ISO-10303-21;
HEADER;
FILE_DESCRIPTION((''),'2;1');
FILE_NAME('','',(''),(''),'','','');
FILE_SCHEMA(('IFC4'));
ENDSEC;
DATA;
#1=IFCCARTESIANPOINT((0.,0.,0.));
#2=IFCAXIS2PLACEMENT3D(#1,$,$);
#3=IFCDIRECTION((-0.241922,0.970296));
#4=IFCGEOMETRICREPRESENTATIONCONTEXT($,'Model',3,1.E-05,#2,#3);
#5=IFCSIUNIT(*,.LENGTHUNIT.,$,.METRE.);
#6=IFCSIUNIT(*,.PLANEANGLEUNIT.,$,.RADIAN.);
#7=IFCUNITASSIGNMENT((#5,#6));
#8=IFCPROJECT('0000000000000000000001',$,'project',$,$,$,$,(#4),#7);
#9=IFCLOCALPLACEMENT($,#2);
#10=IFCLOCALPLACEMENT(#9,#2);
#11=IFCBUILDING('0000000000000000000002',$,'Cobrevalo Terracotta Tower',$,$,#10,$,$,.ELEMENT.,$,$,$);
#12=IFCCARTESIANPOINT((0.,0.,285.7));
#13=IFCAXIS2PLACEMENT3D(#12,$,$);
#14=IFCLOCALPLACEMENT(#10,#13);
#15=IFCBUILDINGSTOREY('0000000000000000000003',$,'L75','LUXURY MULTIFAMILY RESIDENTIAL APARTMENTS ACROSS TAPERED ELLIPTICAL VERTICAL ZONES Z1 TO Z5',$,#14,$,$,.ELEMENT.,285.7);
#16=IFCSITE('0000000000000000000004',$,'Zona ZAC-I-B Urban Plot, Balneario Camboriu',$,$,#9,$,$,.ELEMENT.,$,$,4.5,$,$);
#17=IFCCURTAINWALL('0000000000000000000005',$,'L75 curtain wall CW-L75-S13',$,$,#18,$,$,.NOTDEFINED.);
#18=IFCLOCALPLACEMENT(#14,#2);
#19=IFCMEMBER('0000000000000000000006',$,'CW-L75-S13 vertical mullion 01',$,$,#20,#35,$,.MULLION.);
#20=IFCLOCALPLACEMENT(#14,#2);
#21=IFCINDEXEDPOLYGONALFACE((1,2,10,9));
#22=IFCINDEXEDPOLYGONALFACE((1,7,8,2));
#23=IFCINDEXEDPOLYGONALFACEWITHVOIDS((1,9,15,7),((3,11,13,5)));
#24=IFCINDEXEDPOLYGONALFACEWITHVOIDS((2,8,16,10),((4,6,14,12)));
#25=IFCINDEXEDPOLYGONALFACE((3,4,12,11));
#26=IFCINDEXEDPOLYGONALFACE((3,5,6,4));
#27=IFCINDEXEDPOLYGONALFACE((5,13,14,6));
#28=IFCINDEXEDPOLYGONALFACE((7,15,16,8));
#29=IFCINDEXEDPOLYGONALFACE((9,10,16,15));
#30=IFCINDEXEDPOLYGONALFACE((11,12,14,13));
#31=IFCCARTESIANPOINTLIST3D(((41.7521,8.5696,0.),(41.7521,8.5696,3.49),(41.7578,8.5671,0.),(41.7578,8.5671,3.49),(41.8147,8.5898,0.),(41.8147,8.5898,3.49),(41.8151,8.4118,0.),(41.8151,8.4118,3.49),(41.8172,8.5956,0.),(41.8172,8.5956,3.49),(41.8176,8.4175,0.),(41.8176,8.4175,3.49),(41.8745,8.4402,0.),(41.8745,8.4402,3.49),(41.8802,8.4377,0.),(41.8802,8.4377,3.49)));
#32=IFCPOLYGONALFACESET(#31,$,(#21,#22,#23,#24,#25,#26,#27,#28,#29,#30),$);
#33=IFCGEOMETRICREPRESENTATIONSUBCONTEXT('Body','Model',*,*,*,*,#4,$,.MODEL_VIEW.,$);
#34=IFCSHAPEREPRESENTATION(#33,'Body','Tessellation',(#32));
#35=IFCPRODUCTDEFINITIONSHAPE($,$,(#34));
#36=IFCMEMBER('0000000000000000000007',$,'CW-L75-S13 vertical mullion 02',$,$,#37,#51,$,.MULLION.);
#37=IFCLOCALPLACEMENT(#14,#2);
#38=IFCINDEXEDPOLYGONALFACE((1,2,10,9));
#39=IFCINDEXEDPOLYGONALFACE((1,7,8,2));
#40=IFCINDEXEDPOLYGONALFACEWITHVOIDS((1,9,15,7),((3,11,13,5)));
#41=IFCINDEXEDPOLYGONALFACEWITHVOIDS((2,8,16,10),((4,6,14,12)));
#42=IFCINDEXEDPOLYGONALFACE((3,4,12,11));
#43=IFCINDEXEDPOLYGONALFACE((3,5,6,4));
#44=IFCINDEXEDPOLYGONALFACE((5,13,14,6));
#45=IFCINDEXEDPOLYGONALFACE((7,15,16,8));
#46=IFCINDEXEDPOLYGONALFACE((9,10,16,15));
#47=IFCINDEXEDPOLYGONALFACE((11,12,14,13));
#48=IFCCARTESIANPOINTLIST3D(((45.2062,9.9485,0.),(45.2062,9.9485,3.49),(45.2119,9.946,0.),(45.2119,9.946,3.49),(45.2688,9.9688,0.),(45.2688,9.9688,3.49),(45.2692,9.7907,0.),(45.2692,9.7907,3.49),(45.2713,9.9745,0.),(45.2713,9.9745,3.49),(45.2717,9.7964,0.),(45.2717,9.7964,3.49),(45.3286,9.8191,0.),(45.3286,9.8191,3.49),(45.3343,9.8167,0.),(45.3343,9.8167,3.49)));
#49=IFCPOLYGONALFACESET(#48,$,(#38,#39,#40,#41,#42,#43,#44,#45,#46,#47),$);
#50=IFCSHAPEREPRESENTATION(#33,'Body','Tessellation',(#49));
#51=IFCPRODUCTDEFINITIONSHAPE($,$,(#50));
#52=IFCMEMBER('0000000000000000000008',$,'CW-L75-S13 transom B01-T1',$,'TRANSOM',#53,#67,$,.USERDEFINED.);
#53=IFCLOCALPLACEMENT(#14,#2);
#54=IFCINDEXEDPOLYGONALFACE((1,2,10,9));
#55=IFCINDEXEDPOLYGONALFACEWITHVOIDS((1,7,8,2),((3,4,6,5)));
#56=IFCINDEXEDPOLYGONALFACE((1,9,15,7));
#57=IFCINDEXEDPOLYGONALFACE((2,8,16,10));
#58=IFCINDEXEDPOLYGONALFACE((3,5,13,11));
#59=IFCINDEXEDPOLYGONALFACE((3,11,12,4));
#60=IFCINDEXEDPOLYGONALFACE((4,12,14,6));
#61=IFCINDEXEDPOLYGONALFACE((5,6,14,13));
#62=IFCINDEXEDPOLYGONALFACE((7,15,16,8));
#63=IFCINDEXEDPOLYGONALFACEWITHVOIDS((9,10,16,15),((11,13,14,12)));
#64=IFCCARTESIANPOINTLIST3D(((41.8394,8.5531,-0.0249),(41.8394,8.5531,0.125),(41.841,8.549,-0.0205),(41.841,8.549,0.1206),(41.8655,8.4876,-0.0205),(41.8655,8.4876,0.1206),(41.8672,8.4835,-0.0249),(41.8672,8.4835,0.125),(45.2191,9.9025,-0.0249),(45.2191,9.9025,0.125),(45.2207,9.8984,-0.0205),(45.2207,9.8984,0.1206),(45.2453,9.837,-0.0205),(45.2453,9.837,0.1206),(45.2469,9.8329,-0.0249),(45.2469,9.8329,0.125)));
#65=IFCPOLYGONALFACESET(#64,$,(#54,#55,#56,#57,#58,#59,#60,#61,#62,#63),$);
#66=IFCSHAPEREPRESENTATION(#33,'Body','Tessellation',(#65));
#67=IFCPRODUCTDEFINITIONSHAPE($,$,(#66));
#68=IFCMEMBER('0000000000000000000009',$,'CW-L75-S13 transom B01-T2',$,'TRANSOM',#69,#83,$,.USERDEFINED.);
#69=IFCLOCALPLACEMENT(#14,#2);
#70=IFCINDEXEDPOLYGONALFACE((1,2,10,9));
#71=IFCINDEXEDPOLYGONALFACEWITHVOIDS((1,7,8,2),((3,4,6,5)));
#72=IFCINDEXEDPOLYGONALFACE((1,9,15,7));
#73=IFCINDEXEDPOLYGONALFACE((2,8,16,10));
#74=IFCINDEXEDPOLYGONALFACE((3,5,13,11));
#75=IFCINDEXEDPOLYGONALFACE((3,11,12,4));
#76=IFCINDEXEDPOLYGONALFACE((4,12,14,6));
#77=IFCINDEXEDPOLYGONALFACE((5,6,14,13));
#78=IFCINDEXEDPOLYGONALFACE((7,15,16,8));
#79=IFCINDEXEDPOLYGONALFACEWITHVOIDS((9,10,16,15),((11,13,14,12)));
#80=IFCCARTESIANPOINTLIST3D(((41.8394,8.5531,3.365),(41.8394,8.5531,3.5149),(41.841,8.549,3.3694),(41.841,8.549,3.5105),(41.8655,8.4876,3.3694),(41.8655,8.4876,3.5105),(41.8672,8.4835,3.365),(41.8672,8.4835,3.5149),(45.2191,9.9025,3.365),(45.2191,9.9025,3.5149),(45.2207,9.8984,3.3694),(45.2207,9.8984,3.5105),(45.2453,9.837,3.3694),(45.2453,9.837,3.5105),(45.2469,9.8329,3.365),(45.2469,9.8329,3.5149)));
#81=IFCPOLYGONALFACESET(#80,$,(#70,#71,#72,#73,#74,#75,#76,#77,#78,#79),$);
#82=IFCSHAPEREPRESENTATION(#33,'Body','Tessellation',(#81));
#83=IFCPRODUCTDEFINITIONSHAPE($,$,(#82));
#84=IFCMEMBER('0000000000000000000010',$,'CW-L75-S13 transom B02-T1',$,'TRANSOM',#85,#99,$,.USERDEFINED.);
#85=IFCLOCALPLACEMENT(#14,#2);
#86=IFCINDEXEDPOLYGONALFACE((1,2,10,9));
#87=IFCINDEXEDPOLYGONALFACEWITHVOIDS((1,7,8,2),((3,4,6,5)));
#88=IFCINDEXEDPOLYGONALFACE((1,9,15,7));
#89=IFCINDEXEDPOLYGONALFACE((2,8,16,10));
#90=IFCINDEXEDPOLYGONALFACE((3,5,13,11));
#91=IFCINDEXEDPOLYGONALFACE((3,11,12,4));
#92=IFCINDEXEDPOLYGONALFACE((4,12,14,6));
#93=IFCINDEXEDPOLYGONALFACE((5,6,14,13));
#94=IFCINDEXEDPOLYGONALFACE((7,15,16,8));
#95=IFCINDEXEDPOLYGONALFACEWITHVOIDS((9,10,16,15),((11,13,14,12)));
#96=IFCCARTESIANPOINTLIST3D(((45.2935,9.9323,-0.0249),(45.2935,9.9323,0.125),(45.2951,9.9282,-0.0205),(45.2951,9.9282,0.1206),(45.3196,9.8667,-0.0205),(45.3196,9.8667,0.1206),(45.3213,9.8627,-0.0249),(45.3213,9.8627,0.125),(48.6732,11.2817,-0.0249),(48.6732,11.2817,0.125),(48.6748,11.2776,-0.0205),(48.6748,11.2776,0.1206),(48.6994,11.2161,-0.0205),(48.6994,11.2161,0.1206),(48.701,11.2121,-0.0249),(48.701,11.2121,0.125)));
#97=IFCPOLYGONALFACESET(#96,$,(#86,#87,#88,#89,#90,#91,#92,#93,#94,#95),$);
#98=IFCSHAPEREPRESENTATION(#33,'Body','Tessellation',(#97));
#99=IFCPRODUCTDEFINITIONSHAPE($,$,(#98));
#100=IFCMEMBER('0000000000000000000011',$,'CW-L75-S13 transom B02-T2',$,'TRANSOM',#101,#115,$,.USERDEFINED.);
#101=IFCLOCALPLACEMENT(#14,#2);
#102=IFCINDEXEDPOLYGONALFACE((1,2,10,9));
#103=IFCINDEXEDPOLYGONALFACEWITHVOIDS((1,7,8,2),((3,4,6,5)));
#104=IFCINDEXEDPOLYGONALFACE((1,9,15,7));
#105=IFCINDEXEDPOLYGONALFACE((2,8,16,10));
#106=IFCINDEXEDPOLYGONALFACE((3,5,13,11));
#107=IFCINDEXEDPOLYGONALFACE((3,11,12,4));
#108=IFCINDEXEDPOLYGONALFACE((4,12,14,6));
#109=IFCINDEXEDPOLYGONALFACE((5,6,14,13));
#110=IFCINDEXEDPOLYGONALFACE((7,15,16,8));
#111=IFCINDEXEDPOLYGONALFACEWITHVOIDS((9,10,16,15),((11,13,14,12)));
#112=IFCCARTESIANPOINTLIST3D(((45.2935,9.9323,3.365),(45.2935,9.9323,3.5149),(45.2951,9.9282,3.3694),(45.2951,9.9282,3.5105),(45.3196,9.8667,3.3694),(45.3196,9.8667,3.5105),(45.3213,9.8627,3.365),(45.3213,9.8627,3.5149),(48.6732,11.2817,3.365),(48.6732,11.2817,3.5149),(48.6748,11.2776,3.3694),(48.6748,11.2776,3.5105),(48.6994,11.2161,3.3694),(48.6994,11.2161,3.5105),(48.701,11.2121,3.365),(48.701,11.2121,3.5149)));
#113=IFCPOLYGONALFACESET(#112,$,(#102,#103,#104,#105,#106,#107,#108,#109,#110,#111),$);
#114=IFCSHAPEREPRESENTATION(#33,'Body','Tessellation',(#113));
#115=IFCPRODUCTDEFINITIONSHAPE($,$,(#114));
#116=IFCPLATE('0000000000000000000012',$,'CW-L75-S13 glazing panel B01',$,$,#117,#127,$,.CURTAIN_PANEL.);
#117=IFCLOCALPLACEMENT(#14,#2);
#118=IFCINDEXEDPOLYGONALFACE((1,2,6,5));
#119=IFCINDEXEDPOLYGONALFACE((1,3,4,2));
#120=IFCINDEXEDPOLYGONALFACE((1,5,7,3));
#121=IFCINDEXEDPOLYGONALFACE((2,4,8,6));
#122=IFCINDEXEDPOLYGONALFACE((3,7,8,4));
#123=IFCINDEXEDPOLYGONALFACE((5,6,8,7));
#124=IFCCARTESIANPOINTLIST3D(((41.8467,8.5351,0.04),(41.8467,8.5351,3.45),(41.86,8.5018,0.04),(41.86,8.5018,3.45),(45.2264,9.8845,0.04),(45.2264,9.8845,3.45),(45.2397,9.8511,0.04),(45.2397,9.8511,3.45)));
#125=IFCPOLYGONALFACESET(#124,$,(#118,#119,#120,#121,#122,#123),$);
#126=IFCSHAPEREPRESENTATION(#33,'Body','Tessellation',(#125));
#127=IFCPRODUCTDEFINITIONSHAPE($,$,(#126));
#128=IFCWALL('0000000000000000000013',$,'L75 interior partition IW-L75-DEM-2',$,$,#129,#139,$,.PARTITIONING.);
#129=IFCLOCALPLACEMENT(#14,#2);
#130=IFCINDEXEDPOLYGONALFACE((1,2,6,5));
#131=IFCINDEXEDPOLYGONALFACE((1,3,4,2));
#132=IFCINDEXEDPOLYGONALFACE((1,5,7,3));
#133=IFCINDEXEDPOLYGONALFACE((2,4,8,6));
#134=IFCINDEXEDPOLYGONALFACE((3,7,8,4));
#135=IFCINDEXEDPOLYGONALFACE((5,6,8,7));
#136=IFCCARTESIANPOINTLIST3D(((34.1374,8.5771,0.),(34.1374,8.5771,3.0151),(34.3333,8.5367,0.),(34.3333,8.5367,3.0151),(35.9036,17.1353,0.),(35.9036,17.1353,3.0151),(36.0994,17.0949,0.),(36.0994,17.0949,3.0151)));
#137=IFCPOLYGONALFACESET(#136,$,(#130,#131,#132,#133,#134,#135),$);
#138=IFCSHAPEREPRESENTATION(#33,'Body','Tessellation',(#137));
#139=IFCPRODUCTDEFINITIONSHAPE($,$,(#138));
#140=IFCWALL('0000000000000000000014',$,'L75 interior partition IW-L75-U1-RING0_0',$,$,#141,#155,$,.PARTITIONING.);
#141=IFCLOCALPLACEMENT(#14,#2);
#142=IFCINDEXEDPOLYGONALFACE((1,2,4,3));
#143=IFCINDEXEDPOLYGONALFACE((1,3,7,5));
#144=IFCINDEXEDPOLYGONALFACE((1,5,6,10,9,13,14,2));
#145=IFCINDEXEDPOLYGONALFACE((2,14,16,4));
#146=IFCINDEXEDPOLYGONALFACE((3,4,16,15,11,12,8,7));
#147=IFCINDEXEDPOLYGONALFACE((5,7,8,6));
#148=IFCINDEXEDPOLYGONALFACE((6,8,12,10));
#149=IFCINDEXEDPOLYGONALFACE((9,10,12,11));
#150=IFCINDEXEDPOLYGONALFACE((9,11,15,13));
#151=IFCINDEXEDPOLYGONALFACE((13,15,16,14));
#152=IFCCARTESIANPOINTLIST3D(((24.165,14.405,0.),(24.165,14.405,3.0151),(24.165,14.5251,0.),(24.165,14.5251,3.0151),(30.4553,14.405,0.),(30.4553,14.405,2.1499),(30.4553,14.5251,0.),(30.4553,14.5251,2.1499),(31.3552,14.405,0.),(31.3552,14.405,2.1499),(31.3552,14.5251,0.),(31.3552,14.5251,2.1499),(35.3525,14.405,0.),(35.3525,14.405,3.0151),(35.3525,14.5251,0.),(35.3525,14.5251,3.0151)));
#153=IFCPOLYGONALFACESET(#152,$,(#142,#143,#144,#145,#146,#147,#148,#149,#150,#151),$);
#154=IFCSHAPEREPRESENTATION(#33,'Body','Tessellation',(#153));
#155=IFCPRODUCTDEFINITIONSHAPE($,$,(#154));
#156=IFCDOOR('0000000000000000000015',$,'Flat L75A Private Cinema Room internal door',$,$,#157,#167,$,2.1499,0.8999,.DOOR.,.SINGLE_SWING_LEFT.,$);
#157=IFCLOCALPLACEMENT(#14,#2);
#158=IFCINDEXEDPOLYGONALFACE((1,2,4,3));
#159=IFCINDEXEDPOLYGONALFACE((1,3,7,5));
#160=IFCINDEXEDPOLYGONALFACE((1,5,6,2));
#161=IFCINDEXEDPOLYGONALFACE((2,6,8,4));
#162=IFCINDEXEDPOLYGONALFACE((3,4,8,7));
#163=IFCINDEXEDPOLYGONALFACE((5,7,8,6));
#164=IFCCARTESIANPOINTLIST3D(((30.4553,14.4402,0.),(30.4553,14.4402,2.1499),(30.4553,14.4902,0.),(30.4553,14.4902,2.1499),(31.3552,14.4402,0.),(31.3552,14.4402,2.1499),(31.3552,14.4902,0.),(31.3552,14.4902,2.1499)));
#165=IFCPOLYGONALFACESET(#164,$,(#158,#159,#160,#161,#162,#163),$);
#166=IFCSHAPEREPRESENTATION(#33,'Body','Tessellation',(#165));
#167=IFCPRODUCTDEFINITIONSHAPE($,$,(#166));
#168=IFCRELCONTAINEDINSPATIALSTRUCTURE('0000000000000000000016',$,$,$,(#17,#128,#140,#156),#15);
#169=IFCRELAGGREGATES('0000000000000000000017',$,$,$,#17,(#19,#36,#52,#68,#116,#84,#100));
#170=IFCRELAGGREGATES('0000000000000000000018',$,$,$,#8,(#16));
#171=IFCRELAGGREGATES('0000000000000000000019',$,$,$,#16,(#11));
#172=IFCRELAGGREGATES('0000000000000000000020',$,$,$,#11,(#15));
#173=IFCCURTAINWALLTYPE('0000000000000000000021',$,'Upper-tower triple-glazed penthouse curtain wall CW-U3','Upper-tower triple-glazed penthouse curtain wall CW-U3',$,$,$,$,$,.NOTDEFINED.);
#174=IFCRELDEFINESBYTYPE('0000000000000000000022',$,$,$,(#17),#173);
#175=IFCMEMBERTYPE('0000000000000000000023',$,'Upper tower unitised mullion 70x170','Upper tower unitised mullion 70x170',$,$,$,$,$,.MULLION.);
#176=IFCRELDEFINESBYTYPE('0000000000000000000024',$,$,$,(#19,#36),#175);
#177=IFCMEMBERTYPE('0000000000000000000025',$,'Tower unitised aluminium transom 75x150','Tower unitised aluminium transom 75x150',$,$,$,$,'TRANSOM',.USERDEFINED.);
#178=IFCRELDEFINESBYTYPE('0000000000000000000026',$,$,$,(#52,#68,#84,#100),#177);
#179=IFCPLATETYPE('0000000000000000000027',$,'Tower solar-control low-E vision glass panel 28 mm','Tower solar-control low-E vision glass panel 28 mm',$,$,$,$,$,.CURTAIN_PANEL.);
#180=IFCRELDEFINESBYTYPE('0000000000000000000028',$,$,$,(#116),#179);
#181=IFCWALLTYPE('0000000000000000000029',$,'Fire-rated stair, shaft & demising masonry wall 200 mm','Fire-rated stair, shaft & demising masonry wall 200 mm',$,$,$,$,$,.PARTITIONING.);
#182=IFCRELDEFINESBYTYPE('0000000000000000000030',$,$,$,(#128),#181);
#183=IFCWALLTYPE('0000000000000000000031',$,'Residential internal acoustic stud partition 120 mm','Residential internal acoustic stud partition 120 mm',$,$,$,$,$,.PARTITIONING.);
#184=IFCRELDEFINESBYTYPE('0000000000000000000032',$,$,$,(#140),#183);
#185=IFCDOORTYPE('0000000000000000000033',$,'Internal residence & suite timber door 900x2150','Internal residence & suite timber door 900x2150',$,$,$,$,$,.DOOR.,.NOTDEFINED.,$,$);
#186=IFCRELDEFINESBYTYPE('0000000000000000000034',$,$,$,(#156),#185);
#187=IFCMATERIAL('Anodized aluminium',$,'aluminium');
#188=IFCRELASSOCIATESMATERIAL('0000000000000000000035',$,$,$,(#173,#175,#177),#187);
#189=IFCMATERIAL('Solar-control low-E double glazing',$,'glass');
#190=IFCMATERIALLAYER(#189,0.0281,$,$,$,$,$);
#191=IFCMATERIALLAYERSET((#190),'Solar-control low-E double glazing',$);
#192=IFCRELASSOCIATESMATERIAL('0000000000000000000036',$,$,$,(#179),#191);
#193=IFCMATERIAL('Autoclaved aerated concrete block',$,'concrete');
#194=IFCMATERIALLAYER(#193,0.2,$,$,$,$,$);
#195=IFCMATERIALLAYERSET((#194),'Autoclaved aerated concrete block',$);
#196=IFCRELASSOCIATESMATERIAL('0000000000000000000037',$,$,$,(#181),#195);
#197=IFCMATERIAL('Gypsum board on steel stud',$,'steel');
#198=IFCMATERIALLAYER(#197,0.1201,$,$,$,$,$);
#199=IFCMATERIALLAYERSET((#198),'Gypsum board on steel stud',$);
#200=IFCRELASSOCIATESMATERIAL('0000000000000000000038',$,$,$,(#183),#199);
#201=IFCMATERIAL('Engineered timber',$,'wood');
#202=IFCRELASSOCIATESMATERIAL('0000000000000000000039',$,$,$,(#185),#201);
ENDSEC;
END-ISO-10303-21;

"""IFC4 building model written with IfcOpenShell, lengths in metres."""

from ifc_helpers import new_model, si_unit, direction, frame, frame_2d, origin, origin_2d, place, context, subcontext, project, spatial, rectangle, hollow_rectangle, extrude, source, transform, mapped, material, layer, layer_set, material_profile, profile_set, type_object, element, fill, aggregate, save


model = new_model("IFC4")

# Units and contexts
model_context = context("Model", 3, precision=1e-05, world=origin(), true_north=direction((-0.241922, 0.970296)))
body_context = subcontext(model_context, "Body", "Model", "MODEL_VIEW")
ifc_project = project(units=[si_unit("LENGTHUNIT", "METRE"), si_unit("PLANEANGLEUNIT", "RADIAN")], contexts=[model_context])

# Site, building, storey
site_placement = place(None, origin())
site = spatial("IfcSite", under=ifc_project, at=site_placement, Name="Zona ZAC-I-B Urban Plot, Balneario Camboriu", CompositionType="ELEMENT", RefElevation=4.5)
building_placement = place(site_placement, origin())
building = spatial("IfcBuilding", under=site, at=building_placement, Name="Cobrevalo Terracotta Tower", CompositionType="ELEMENT")
storey_placement = place(building_placement, frame((0.0, 0.0, 285.7)))
storey = spatial("IfcBuildingStorey", under=building, at=storey_placement, Name="L75", Description="LUXURY MULTIFAMILY RESIDENTIAL APARTMENTS ACROSS TAPERED ELLIPTICAL VERTICAL ZONES Z1 TO Z5", CompositionType="ELEMENT", Elevation=285.7)

# Curtain wall, members, plate
ifc_material_1 = material(Name="Anodized aluminium", Category="aluminium")
curtain_wall_type = type_object("IfcCurtainWallType", Name="Upper-tower triple-glazed penthouse curtain wall CW-U3", Description="Upper-tower triple-glazed penthouse curtain wall CW-U3", PredefinedType="NOTDEFINED", material=ifc_material_1)
curtain_wall_placement = place(storey_placement, origin())
curtain_wall = element("IfcCurtainWall", 1, at=curtain_wall_placement, inside=storey, type_object=curtain_wall_type, Name="L75 curtain wall CW-L75-S13", PredefinedType="NOTDEFINED")
ifc_material_profile_1 = material_profile(ifc_material_1, hollow_rectangle(XDim=0.0701, YDim=0.1699, WallThickness=0.0044, at=origin_2d()), Name="CWM 70x170")
ifc_profile_set_1 = profile_set([ifc_material_profile_1], Name="Anodized aluminium")
member_type_1 = type_object("IfcMemberType", Name="Upper tower unitised mullion 70x170", Description="Upper tower unitised mullion 70x170", PredefinedType="MULLION", material=ifc_profile_set_1)
shared_shape_1 = source(origin(), body_context, "Body", "SweptSolid", [
    extrude(hollow_rectangle(XDim=0.0701, YDim=0.1699, WallThickness=0.0044, at=origin_2d()), origin(), (0.0, 0.0, 1.0), 3.49),
])
member_1_placement = place(storey_placement, frame((41.8162, 8.5037, 0.0), z_axis=(0.0, 0.0, 1.0), x_axis=(0.928719, 0.370784, 0.0)))
member_1 = element("IfcMember", 2, at=member_1_placement, type_object=member_type_1, Name="CW-L75-S13 vertical mullion 01", PredefinedType="MULLION", context=body_context, shape_type="MappedRepresentation", body=[
    mapped(shared_shape_1, transform((0.0, 0.0, 0.0), scale=1.0)),
])
member_2_placement = place(storey_placement, frame((45.2703, 9.8826, 0.0), z_axis=(0.0, 0.0, 1.0), x_axis=(0.928719, 0.370784, 0.0)))
member_2 = element("IfcMember", 3, at=member_2_placement, type_object=member_type_1, Name="CW-L75-S13 vertical mullion 02", PredefinedType="MULLION", context=body_context, shape_type="MappedRepresentation", body=[
    mapped(shared_shape_1, transform((0.0, 0.0, 0.0), scale=1.0)),
])
ifc_material_profile_2 = material_profile(ifc_material_1, hollow_rectangle(XDim=0.075, YDim=0.1499, WallThickness=0.0044, at=origin_2d()), Name="CWT 75x150")
ifc_profile_set_2 = profile_set([ifc_material_profile_2], Name="Anodized aluminium")
member_type_2 = type_object("IfcMemberType", Name="Tower unitised aluminium transom 75x150", Description="Tower unitised aluminium transom 75x150", ElementType="TRANSOM", PredefinedType="USERDEFINED", material=ifc_profile_set_2)
shared_shape_2 = source(origin(), body_context, "Body", "SweptSolid", [
    extrude(hollow_rectangle(XDim=0.075, YDim=0.1499, WallThickness=0.0044, at=origin_2d()), origin(), (0.0, 0.0, 1.0), 3.6392),
])
member_3_placement = place(storey_placement, frame((41.8533, 8.5183, 0.05), z_axis=(0.928712, 0.370801, 0.0), x_axis=(-0.370801, 0.928712, 0.0)))
member_3 = element("IfcMember", 4, at=member_3_placement, type_object=member_type_2, Name="CW-L75-S13 transom B01-T1", ObjectType="TRANSOM", PredefinedType="USERDEFINED", context=body_context, shape_type="MappedRepresentation", body=[
    mapped(shared_shape_2, transform((0.0, 0.0, 0.0), scale=1.0)),
])
member_4_placement = place(storey_placement, frame((41.8533, 8.5183, 3.4399), z_axis=(0.928712, 0.370801, 0.0), x_axis=(-0.370801, 0.928712, 0.0)))
member_4 = element("IfcMember", 5, at=member_4_placement, type_object=member_type_2, Name="CW-L75-S13 transom B01-T2", ObjectType="TRANSOM", PredefinedType="USERDEFINED", context=body_context, shape_type="MappedRepresentation", body=[
    mapped(shared_shape_2, transform((0.0, 0.0, 0.0), scale=1.0)),
])
member_5_placement = place(storey_placement, frame((45.3074, 9.8975, 0.05), z_axis=(0.928712, 0.370801, 0.0), x_axis=(-0.370801, 0.928712, 0.0)))
member_5 = element("IfcMember", 6, at=member_5_placement, type_object=member_type_2, Name="CW-L75-S13 transom B02-T1", ObjectType="TRANSOM", PredefinedType="USERDEFINED", context=body_context, shape_type="MappedRepresentation", body=[
    mapped(shared_shape_2, transform((0.0, 0.0, 0.0), scale=1.0)),
])
member_6_placement = place(storey_placement, frame((45.3074, 9.8975, 3.4399), z_axis=(0.928712, 0.370801, 0.0), x_axis=(-0.370801, 0.928712, 0.0)))
member_6 = element("IfcMember", 7, at=member_6_placement, type_object=member_type_2, Name="CW-L75-S13 transom B02-T2", ObjectType="TRANSOM", PredefinedType="USERDEFINED", context=body_context, shape_type="MappedRepresentation", body=[
    mapped(shared_shape_2, transform((0.0, 0.0, 0.0), scale=1.0)),
])
ifc_material_2 = material(Name="Solar-control low-E double glazing", Category="glass")
ifc_layer_1 = layer(ifc_material_2, 0.0281)
ifc_layer_set_1 = layer_set([ifc_layer_1], Name="Solar-control low-E double glazing")
plate_type = type_object("IfcPlateType", Name="Tower solar-control low-E vision glass panel 28 mm", Description="Tower solar-control low-E vision glass panel 28 mm", PredefinedType="CURTAIN_PANEL", material=ifc_layer_set_1)
shared_shape_3 = source(origin(), body_context, "Body", "SweptSolid", [
    extrude(rectangle(XDim=3.6392, YDim=0.0359, at=origin_2d()), origin(), (0.0, 0.0, 1.0), 3.4099),
])
plate_placement = place(storey_placement, frame((43.5432, 9.1931, 0.04), z_axis=(0.0, 0.0, 1.0), x_axis=(0.928718, 0.370786, 0.0)))
plate = element("IfcPlate", 8, at=plate_placement, type_object=plate_type, Name="CW-L75-S13 glazing panel B01", PredefinedType="CURTAIN_PANEL", context=body_context, shape_type="MappedRepresentation", body=[
    mapped(shared_shape_3, transform((0.0, 0.0, 0.0), scale=1.0)),
])
aggregate(curtain_wall, [member_1, member_2, member_3, member_4, plate, member_5, member_6])

# Wall
ifc_material_3 = material(Name="Autoclaved aerated concrete block", Category="concrete")
ifc_layer_2 = layer(ifc_material_3, 0.2)
ifc_layer_set_2 = layer_set([ifc_layer_2], Name="Autoclaved aerated concrete block")
wall_type_1 = type_object("IfcWallType", Name="Fire-rated stair, shaft & demising masonry wall 200 mm", Description="Fire-rated stair, shaft & demising masonry wall 200 mm", PredefinedType="PARTITIONING", material=ifc_layer_set_2)
wall_1_placement = place(storey_placement, frame((36.0015, 17.115, 0.0), z_axis=(0.0, 0.0, 1.0), x_axis=(-0.202109, -0.979363, 0.0)))
element("IfcWall", 9, at=wall_1_placement, inside=storey, type_object=wall_type_1, Name="L75 interior partition IW-L75-DEM-2", PredefinedType="PARTITIONING", context=body_context, shape_type="SweptSolid", body=[
    extrude(rectangle(XDim=8.7385, YDim=0.2, at=frame_2d((4.3691, 0.0))), origin(), (0.0, 0.0, 1.0), 3.0151),
])

# Wall, opening, door
ifc_material_4 = material(Name="Gypsum board on steel stud", Category="steel")
ifc_layer_3 = layer(ifc_material_4, 0.1201)
ifc_layer_set_3 = layer_set([ifc_layer_3], Name="Gypsum board on steel stud")
wall_type_2 = type_object("IfcWallType", Name="Residential internal acoustic stud partition 120 mm", Description="Residential internal acoustic stud partition 120 mm", PredefinedType="PARTITIONING", material=ifc_layer_set_3)
wall_2_placement = place(storey_placement, frame((35.3525, 14.4651, 0.0), z_axis=(0.0, 0.0, 1.0), x_axis=(-1.0, 0.0, 0.0)))
wall_2 = element("IfcWall", 10, at=wall_2_placement, inside=storey, type_object=wall_type_2, Name="L75 interior partition IW-L75-U1-RING0_0", PredefinedType="PARTITIONING", context=body_context, shape_type="SweptSolid", body=[
    extrude(rectangle(XDim=11.1875, YDim=0.1201, at=frame_2d((5.5938, 0.0))), origin(), (0.0, 0.0, 1.0), 3.0151),
])
opening_1_placement = place(wall_2_placement, frame((3.9973, 0.0, 0.0)))
opening_1 = element("IfcOpeningElement", 11, at=opening_1_placement, cuts=wall_2, PredefinedType="OPENING", context=body_context, shape_type="SweptSolid", body=[
    extrude(rectangle(XDim=0.8999, YDim=2.1499, at=frame_2d((0.45, 1.075))), frame((0.0, 0.0701, 0.0), z_axis=(0.0, -1.0, 0.0), x_axis=(1.0, 0.0, 0.0)), (0.0, 0.0, 1.0), 0.1401),
])
ifc_material_5 = material(Name="Engineered timber", Category="wood")
door_type_1 = type_object("IfcDoorType", Name="Internal residence & suite timber door 900x2150", Description="Internal residence & suite timber door 900x2150", OperationType="NOTDEFINED", PredefinedType="DOOR", material=ifc_material_5)
shared_shape_4 = source(origin(), body_context, "Body", "SweptSolid", [
    extrude(rectangle(XDim=0.8999, YDim=2.1499, at=frame_2d((0.45, 1.075))), frame((0.0, 0.0249, 0.0), z_axis=(0.0, -1.0, 0.0), x_axis=(1.0, 0.0, 0.0)), (0.0, 0.0, 1.0), 0.05),
])
door_1_placement = place(opening_1_placement, origin())
door_1 = element("IfcDoor", 12, at=door_1_placement, inside=storey, type_object=door_type_1, Name="Flat L75A Private Cinema Room internal door", OperationType="SINGLE_SWING_LEFT", OverallHeight=2.1499, OverallWidth=0.8999, PredefinedType="DOOR", context=body_context, shape_type="MappedRepresentation", body=[
    mapped(shared_shape_4, transform((0.0, 0.0, 0.0), scale=1.0)),
])
fill(opening_1, door_1)

save(model, "model.ifc")
